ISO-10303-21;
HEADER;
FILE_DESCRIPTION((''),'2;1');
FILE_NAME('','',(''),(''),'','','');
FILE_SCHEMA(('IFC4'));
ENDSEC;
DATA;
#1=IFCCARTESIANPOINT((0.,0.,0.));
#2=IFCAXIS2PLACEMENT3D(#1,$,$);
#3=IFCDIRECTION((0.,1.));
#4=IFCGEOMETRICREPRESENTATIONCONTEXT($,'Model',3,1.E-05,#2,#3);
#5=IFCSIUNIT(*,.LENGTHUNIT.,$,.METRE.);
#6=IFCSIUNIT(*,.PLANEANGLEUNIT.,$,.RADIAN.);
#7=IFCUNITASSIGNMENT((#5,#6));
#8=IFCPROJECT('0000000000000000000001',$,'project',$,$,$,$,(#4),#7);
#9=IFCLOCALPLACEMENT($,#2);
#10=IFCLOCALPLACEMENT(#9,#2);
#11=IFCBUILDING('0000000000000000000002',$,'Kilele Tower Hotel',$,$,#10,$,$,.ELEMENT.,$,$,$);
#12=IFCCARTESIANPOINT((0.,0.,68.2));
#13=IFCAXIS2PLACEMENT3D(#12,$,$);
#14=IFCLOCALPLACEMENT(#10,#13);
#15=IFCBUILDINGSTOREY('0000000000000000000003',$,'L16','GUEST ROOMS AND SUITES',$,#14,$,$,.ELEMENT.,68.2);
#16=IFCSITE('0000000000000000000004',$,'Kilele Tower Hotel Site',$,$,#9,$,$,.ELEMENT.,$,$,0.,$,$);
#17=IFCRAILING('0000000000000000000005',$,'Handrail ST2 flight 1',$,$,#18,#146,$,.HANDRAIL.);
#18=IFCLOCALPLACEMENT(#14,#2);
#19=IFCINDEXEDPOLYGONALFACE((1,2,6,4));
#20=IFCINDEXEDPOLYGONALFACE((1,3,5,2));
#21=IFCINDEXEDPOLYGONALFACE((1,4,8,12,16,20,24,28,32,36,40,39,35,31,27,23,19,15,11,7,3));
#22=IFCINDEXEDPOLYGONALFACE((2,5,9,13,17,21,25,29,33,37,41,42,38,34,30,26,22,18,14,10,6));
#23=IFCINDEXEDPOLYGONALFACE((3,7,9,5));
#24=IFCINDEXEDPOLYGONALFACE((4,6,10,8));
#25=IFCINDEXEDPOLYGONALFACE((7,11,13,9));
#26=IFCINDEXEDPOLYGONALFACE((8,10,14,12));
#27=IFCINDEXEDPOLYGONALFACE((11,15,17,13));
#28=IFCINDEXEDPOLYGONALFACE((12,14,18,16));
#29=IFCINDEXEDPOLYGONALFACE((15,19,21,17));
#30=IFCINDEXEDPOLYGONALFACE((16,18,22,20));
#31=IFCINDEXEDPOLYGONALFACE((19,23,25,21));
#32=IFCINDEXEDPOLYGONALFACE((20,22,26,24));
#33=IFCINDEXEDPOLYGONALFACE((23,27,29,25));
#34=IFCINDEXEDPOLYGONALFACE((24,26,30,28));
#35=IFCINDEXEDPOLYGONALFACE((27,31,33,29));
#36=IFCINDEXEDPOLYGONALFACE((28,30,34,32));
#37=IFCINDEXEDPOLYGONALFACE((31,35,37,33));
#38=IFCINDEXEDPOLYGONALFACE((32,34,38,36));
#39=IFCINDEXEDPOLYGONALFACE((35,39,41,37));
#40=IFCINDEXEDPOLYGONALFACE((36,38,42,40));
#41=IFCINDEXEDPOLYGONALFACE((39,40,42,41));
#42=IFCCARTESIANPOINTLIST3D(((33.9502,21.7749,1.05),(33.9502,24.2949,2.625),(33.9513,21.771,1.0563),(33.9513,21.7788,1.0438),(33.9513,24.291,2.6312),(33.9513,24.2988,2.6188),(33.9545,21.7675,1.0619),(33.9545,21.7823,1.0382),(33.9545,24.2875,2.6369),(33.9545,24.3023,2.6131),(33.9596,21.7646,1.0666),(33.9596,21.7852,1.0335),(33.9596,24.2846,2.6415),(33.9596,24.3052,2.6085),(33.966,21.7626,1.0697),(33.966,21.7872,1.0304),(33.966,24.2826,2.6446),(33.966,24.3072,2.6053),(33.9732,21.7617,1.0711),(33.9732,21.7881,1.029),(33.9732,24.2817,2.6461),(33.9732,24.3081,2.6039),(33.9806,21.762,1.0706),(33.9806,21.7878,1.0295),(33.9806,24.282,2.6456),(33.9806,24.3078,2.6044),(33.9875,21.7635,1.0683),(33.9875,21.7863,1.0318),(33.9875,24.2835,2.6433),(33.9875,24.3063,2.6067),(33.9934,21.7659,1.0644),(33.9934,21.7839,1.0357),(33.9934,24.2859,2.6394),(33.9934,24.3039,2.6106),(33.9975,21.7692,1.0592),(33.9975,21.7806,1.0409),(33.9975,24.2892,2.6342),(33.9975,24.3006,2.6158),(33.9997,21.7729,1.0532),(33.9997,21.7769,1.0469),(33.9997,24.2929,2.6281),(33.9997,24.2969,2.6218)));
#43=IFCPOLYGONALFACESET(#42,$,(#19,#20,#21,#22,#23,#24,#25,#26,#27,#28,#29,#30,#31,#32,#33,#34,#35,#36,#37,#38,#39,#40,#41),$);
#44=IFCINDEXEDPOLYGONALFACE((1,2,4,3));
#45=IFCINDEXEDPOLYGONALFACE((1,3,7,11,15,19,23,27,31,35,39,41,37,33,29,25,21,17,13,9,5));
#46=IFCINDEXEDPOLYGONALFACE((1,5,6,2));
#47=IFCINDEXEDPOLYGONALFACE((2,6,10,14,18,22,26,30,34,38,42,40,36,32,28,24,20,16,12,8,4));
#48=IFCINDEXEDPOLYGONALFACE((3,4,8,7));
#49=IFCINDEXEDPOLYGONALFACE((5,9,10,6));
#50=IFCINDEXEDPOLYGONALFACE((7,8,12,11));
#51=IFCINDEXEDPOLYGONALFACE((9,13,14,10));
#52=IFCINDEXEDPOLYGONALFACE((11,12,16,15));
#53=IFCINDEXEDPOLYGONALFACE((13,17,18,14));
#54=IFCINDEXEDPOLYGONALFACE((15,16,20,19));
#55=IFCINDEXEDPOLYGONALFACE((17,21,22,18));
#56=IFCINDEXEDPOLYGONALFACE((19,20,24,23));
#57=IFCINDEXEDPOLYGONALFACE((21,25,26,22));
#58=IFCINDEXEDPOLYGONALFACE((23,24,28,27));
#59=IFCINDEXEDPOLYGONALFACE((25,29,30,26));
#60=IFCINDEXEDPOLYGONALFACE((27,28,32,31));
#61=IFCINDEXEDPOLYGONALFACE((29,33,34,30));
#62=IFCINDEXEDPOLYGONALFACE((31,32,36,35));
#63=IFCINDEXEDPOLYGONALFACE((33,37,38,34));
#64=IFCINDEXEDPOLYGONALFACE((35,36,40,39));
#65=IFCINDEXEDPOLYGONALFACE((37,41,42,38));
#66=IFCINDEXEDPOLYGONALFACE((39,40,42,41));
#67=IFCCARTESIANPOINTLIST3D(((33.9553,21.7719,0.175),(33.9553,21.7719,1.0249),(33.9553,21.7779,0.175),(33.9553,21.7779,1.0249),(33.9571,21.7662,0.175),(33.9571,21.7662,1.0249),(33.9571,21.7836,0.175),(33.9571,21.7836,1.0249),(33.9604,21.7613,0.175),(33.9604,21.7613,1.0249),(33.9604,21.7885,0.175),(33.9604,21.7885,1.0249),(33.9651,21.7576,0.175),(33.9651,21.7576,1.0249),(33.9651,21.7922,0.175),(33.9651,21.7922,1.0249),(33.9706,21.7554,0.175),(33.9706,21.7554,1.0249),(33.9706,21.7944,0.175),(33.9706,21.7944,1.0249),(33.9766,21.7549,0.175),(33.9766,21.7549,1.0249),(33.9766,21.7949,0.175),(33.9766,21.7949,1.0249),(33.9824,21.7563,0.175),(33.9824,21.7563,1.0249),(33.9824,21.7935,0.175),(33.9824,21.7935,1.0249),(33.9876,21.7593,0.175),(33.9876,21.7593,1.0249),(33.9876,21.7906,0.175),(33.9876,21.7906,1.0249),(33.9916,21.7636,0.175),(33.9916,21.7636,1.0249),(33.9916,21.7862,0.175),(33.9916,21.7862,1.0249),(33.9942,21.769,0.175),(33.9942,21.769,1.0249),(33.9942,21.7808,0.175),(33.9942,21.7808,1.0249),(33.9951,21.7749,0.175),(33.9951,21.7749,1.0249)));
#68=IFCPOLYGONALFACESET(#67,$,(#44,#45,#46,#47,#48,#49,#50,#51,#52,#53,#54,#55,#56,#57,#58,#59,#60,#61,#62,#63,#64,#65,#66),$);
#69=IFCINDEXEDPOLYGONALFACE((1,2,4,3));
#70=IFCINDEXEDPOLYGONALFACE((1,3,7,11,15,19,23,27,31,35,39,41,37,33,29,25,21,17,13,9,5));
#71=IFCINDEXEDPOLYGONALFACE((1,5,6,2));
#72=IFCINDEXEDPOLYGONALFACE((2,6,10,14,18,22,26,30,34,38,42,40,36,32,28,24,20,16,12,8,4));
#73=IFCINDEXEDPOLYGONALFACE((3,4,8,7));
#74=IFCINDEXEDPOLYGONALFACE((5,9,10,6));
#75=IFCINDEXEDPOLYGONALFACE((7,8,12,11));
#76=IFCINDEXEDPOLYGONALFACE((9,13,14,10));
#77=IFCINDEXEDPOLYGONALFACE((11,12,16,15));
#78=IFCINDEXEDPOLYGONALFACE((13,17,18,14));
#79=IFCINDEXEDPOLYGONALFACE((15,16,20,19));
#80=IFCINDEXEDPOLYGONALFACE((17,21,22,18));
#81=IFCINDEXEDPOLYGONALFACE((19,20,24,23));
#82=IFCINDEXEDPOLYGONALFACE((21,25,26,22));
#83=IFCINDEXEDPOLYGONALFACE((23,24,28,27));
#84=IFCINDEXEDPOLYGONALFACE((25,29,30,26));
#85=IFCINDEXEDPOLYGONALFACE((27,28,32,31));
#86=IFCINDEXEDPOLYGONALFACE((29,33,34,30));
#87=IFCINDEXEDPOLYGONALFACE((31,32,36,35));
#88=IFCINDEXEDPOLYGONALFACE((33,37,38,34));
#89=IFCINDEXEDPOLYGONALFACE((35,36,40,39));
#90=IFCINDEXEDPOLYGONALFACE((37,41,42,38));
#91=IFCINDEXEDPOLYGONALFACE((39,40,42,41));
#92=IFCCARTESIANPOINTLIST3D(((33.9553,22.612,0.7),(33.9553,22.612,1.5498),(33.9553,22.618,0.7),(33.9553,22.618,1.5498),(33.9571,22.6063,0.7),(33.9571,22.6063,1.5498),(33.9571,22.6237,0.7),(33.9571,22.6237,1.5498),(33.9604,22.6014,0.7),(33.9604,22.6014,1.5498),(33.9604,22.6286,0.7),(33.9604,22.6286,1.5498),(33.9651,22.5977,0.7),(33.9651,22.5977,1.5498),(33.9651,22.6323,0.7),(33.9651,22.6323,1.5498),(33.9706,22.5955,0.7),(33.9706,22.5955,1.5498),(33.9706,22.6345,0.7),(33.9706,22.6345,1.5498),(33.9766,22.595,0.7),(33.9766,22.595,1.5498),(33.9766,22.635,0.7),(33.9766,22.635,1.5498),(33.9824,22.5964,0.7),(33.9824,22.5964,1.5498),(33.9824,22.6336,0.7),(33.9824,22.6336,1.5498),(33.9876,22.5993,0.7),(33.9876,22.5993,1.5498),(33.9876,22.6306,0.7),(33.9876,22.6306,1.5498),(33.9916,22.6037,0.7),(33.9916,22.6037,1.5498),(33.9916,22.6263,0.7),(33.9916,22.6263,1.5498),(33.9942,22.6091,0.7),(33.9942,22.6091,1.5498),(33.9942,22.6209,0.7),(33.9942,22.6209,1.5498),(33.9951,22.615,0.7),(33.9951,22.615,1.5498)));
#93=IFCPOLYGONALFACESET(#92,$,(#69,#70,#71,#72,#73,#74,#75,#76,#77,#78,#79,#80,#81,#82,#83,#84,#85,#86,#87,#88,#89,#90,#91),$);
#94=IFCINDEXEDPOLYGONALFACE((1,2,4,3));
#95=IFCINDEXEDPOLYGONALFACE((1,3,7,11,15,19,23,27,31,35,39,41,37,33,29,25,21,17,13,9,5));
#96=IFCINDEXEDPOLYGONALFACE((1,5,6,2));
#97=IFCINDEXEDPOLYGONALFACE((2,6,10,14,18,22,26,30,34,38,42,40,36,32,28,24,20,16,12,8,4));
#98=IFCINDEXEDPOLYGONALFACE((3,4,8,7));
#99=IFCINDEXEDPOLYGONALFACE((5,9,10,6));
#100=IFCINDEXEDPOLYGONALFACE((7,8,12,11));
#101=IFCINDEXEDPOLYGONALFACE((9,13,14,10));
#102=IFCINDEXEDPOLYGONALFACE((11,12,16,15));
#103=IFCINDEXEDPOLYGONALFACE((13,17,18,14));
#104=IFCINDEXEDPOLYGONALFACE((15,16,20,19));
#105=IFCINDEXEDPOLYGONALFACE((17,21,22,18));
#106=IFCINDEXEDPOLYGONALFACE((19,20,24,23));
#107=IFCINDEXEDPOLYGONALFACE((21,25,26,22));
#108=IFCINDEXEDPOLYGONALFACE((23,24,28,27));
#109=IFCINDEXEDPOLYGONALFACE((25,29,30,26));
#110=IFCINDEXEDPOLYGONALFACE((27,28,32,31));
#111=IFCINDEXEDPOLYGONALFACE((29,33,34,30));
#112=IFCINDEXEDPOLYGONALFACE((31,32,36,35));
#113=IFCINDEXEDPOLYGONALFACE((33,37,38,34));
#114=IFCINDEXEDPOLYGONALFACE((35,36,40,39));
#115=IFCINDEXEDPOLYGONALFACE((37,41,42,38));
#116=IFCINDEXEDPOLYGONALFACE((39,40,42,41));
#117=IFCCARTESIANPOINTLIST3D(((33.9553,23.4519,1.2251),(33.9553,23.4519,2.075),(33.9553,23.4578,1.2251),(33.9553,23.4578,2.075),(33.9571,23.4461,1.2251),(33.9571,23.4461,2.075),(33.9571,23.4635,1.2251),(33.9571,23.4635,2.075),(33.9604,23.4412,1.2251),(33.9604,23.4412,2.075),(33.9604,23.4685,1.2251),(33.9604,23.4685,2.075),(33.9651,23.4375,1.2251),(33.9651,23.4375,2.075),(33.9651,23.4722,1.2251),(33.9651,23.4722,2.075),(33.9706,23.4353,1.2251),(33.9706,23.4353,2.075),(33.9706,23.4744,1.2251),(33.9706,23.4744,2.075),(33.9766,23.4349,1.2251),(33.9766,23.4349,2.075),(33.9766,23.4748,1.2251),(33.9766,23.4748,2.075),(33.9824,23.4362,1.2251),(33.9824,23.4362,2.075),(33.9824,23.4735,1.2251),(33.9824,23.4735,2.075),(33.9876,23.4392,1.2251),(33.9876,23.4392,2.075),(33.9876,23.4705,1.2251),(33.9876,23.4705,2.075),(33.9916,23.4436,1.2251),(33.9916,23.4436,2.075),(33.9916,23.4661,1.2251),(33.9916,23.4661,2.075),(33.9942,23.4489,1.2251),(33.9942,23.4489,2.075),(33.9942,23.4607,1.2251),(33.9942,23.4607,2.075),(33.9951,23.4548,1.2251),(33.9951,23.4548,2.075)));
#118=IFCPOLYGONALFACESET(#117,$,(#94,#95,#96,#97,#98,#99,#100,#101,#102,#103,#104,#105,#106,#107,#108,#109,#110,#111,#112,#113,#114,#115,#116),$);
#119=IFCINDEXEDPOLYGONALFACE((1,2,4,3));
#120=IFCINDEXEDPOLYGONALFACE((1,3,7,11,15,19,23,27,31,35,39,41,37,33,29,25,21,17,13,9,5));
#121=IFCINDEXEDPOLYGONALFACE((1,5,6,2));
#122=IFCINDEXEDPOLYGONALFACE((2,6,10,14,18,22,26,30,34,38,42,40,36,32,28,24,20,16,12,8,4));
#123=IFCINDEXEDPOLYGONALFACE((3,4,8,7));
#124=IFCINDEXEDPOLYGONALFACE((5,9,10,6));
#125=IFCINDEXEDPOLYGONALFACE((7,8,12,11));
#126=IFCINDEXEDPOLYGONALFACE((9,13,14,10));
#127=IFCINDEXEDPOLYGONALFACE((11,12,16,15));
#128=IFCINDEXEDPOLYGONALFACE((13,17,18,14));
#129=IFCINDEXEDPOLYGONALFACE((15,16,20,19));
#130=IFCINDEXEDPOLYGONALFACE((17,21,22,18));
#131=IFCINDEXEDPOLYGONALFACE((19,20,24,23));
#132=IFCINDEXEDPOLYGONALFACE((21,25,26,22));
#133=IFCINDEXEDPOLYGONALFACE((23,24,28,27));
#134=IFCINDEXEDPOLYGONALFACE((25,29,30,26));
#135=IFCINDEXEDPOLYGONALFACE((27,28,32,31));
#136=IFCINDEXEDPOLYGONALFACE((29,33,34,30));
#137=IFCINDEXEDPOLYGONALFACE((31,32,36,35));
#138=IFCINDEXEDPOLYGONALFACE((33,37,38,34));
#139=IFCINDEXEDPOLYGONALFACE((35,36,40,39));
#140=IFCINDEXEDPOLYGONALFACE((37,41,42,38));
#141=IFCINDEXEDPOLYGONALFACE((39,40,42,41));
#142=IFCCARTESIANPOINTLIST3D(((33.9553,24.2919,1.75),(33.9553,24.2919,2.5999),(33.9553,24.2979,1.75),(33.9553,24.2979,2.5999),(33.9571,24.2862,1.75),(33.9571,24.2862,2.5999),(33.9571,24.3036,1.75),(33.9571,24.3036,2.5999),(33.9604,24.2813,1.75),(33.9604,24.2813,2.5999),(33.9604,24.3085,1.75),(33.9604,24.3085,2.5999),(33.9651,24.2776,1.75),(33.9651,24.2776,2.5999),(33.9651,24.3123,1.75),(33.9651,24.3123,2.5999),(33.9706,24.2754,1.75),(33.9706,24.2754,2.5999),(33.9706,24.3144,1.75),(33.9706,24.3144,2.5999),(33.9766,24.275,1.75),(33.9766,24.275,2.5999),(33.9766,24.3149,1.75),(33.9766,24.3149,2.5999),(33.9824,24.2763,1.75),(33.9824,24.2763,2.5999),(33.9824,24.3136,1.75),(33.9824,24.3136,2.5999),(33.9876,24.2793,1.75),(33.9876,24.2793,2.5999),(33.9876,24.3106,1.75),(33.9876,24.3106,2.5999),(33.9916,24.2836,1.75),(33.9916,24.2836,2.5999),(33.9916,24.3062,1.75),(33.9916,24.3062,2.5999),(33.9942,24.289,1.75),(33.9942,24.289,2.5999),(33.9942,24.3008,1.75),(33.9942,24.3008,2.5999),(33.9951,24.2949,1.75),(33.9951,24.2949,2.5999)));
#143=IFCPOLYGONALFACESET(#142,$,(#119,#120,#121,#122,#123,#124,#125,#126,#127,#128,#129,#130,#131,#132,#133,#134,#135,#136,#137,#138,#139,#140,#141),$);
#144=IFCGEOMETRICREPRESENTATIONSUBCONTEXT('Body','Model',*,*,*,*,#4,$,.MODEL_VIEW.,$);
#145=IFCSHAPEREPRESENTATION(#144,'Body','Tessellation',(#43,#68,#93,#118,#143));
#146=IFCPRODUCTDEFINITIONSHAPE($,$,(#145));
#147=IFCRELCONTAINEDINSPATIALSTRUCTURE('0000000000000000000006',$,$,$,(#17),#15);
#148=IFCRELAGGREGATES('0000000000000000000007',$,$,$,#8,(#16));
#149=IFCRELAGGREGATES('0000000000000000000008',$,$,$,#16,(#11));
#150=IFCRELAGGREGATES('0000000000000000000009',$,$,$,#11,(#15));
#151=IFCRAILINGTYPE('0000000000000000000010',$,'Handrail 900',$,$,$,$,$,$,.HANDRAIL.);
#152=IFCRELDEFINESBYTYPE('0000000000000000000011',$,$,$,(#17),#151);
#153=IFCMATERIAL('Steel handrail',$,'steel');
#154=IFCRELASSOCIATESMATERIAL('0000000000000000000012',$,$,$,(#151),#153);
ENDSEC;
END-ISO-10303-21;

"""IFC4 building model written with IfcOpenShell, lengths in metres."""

from ifc_helpers import new_model, si_unit, direction, frame, origin, origin_2d, place, context, subcontext, project, spatial, circle, extrude, material, type_object, element, save


model = new_model("IFC4")

# Units and contexts
model_context = context("Model", 3, precision=1e-05, world=origin(), true_north=direction((0.0, 1.0)))
body_context = subcontext(model_context, "Body", "Model", "MODEL_VIEW")
ifc_project = project(units=[si_unit("LENGTHUNIT", "METRE"), si_unit("PLANEANGLEUNIT", "RADIAN")], contexts=[model_context])

# Site, building, storey
site_placement = place(None, origin())
site = spatial("IfcSite", under=ifc_project, at=site_placement, Name="Kilele Tower Hotel Site", CompositionType="ELEMENT", RefElevation=0.0)
building_placement = place(site_placement, origin())
building = spatial("IfcBuilding", under=site, at=building_placement, Name="Kilele Tower Hotel", CompositionType="ELEMENT")
storey_placement = place(building_placement, frame((0.0, 0.0, 68.2)))
storey = spatial("IfcBuildingStorey", under=building, at=storey_placement, Name="L16", Description="GUEST ROOMS AND SUITES", CompositionType="ELEMENT", Elevation=68.2)

# Railing
ifc_material_1 = material(Name="Steel handrail", Category="steel")
railing_type_1 = type_object("IfcRailingType", Name="Handrail 900", PredefinedType="HANDRAIL", material=ifc_material_1)
for number, where, name in (
    (1, (33.9751, 21.7749, 0.175), "Handrail ST2 flight 1"),
):
    element("IfcRailing", number, at=place(storey_placement, frame(where)), inside=storey, type_object=railing_type_1, Name=name, PredefinedType="HANDRAIL", context=body_context, shape_type="SweptSolid", body=[
        extrude(circle(Radius=0.0249, at=origin_2d()), frame((0.0, 0.0, 0.875), z_axis=(0.0, 0.848008, 0.529984), x_axis=(-1.0, 0.0, 0.0)), (0.0, 0.0, 1.0), 2.9717),
        extrude(circle(Radius=0.02, at=origin_2d()), origin(), (0.0, 0.0, 1.0), 0.8499),
        extrude(circle(Radius=0.02, at=origin_2d()), frame((0.0, 0.8401, 0.5249)), (0.0, 0.0, 1.0), 0.8499),
        extrude(circle(Radius=0.02, at=origin_2d()), frame((0.0, 1.6799, 1.05)), (0.0, 0.0, 1.0), 0.8499),
        extrude(circle(Radius=0.02, at=origin_2d()), frame((0.0, 2.52, 1.575)), (0.0, 0.0, 1.0), 0.8499),
    ])

save(model, "model.ifc")
